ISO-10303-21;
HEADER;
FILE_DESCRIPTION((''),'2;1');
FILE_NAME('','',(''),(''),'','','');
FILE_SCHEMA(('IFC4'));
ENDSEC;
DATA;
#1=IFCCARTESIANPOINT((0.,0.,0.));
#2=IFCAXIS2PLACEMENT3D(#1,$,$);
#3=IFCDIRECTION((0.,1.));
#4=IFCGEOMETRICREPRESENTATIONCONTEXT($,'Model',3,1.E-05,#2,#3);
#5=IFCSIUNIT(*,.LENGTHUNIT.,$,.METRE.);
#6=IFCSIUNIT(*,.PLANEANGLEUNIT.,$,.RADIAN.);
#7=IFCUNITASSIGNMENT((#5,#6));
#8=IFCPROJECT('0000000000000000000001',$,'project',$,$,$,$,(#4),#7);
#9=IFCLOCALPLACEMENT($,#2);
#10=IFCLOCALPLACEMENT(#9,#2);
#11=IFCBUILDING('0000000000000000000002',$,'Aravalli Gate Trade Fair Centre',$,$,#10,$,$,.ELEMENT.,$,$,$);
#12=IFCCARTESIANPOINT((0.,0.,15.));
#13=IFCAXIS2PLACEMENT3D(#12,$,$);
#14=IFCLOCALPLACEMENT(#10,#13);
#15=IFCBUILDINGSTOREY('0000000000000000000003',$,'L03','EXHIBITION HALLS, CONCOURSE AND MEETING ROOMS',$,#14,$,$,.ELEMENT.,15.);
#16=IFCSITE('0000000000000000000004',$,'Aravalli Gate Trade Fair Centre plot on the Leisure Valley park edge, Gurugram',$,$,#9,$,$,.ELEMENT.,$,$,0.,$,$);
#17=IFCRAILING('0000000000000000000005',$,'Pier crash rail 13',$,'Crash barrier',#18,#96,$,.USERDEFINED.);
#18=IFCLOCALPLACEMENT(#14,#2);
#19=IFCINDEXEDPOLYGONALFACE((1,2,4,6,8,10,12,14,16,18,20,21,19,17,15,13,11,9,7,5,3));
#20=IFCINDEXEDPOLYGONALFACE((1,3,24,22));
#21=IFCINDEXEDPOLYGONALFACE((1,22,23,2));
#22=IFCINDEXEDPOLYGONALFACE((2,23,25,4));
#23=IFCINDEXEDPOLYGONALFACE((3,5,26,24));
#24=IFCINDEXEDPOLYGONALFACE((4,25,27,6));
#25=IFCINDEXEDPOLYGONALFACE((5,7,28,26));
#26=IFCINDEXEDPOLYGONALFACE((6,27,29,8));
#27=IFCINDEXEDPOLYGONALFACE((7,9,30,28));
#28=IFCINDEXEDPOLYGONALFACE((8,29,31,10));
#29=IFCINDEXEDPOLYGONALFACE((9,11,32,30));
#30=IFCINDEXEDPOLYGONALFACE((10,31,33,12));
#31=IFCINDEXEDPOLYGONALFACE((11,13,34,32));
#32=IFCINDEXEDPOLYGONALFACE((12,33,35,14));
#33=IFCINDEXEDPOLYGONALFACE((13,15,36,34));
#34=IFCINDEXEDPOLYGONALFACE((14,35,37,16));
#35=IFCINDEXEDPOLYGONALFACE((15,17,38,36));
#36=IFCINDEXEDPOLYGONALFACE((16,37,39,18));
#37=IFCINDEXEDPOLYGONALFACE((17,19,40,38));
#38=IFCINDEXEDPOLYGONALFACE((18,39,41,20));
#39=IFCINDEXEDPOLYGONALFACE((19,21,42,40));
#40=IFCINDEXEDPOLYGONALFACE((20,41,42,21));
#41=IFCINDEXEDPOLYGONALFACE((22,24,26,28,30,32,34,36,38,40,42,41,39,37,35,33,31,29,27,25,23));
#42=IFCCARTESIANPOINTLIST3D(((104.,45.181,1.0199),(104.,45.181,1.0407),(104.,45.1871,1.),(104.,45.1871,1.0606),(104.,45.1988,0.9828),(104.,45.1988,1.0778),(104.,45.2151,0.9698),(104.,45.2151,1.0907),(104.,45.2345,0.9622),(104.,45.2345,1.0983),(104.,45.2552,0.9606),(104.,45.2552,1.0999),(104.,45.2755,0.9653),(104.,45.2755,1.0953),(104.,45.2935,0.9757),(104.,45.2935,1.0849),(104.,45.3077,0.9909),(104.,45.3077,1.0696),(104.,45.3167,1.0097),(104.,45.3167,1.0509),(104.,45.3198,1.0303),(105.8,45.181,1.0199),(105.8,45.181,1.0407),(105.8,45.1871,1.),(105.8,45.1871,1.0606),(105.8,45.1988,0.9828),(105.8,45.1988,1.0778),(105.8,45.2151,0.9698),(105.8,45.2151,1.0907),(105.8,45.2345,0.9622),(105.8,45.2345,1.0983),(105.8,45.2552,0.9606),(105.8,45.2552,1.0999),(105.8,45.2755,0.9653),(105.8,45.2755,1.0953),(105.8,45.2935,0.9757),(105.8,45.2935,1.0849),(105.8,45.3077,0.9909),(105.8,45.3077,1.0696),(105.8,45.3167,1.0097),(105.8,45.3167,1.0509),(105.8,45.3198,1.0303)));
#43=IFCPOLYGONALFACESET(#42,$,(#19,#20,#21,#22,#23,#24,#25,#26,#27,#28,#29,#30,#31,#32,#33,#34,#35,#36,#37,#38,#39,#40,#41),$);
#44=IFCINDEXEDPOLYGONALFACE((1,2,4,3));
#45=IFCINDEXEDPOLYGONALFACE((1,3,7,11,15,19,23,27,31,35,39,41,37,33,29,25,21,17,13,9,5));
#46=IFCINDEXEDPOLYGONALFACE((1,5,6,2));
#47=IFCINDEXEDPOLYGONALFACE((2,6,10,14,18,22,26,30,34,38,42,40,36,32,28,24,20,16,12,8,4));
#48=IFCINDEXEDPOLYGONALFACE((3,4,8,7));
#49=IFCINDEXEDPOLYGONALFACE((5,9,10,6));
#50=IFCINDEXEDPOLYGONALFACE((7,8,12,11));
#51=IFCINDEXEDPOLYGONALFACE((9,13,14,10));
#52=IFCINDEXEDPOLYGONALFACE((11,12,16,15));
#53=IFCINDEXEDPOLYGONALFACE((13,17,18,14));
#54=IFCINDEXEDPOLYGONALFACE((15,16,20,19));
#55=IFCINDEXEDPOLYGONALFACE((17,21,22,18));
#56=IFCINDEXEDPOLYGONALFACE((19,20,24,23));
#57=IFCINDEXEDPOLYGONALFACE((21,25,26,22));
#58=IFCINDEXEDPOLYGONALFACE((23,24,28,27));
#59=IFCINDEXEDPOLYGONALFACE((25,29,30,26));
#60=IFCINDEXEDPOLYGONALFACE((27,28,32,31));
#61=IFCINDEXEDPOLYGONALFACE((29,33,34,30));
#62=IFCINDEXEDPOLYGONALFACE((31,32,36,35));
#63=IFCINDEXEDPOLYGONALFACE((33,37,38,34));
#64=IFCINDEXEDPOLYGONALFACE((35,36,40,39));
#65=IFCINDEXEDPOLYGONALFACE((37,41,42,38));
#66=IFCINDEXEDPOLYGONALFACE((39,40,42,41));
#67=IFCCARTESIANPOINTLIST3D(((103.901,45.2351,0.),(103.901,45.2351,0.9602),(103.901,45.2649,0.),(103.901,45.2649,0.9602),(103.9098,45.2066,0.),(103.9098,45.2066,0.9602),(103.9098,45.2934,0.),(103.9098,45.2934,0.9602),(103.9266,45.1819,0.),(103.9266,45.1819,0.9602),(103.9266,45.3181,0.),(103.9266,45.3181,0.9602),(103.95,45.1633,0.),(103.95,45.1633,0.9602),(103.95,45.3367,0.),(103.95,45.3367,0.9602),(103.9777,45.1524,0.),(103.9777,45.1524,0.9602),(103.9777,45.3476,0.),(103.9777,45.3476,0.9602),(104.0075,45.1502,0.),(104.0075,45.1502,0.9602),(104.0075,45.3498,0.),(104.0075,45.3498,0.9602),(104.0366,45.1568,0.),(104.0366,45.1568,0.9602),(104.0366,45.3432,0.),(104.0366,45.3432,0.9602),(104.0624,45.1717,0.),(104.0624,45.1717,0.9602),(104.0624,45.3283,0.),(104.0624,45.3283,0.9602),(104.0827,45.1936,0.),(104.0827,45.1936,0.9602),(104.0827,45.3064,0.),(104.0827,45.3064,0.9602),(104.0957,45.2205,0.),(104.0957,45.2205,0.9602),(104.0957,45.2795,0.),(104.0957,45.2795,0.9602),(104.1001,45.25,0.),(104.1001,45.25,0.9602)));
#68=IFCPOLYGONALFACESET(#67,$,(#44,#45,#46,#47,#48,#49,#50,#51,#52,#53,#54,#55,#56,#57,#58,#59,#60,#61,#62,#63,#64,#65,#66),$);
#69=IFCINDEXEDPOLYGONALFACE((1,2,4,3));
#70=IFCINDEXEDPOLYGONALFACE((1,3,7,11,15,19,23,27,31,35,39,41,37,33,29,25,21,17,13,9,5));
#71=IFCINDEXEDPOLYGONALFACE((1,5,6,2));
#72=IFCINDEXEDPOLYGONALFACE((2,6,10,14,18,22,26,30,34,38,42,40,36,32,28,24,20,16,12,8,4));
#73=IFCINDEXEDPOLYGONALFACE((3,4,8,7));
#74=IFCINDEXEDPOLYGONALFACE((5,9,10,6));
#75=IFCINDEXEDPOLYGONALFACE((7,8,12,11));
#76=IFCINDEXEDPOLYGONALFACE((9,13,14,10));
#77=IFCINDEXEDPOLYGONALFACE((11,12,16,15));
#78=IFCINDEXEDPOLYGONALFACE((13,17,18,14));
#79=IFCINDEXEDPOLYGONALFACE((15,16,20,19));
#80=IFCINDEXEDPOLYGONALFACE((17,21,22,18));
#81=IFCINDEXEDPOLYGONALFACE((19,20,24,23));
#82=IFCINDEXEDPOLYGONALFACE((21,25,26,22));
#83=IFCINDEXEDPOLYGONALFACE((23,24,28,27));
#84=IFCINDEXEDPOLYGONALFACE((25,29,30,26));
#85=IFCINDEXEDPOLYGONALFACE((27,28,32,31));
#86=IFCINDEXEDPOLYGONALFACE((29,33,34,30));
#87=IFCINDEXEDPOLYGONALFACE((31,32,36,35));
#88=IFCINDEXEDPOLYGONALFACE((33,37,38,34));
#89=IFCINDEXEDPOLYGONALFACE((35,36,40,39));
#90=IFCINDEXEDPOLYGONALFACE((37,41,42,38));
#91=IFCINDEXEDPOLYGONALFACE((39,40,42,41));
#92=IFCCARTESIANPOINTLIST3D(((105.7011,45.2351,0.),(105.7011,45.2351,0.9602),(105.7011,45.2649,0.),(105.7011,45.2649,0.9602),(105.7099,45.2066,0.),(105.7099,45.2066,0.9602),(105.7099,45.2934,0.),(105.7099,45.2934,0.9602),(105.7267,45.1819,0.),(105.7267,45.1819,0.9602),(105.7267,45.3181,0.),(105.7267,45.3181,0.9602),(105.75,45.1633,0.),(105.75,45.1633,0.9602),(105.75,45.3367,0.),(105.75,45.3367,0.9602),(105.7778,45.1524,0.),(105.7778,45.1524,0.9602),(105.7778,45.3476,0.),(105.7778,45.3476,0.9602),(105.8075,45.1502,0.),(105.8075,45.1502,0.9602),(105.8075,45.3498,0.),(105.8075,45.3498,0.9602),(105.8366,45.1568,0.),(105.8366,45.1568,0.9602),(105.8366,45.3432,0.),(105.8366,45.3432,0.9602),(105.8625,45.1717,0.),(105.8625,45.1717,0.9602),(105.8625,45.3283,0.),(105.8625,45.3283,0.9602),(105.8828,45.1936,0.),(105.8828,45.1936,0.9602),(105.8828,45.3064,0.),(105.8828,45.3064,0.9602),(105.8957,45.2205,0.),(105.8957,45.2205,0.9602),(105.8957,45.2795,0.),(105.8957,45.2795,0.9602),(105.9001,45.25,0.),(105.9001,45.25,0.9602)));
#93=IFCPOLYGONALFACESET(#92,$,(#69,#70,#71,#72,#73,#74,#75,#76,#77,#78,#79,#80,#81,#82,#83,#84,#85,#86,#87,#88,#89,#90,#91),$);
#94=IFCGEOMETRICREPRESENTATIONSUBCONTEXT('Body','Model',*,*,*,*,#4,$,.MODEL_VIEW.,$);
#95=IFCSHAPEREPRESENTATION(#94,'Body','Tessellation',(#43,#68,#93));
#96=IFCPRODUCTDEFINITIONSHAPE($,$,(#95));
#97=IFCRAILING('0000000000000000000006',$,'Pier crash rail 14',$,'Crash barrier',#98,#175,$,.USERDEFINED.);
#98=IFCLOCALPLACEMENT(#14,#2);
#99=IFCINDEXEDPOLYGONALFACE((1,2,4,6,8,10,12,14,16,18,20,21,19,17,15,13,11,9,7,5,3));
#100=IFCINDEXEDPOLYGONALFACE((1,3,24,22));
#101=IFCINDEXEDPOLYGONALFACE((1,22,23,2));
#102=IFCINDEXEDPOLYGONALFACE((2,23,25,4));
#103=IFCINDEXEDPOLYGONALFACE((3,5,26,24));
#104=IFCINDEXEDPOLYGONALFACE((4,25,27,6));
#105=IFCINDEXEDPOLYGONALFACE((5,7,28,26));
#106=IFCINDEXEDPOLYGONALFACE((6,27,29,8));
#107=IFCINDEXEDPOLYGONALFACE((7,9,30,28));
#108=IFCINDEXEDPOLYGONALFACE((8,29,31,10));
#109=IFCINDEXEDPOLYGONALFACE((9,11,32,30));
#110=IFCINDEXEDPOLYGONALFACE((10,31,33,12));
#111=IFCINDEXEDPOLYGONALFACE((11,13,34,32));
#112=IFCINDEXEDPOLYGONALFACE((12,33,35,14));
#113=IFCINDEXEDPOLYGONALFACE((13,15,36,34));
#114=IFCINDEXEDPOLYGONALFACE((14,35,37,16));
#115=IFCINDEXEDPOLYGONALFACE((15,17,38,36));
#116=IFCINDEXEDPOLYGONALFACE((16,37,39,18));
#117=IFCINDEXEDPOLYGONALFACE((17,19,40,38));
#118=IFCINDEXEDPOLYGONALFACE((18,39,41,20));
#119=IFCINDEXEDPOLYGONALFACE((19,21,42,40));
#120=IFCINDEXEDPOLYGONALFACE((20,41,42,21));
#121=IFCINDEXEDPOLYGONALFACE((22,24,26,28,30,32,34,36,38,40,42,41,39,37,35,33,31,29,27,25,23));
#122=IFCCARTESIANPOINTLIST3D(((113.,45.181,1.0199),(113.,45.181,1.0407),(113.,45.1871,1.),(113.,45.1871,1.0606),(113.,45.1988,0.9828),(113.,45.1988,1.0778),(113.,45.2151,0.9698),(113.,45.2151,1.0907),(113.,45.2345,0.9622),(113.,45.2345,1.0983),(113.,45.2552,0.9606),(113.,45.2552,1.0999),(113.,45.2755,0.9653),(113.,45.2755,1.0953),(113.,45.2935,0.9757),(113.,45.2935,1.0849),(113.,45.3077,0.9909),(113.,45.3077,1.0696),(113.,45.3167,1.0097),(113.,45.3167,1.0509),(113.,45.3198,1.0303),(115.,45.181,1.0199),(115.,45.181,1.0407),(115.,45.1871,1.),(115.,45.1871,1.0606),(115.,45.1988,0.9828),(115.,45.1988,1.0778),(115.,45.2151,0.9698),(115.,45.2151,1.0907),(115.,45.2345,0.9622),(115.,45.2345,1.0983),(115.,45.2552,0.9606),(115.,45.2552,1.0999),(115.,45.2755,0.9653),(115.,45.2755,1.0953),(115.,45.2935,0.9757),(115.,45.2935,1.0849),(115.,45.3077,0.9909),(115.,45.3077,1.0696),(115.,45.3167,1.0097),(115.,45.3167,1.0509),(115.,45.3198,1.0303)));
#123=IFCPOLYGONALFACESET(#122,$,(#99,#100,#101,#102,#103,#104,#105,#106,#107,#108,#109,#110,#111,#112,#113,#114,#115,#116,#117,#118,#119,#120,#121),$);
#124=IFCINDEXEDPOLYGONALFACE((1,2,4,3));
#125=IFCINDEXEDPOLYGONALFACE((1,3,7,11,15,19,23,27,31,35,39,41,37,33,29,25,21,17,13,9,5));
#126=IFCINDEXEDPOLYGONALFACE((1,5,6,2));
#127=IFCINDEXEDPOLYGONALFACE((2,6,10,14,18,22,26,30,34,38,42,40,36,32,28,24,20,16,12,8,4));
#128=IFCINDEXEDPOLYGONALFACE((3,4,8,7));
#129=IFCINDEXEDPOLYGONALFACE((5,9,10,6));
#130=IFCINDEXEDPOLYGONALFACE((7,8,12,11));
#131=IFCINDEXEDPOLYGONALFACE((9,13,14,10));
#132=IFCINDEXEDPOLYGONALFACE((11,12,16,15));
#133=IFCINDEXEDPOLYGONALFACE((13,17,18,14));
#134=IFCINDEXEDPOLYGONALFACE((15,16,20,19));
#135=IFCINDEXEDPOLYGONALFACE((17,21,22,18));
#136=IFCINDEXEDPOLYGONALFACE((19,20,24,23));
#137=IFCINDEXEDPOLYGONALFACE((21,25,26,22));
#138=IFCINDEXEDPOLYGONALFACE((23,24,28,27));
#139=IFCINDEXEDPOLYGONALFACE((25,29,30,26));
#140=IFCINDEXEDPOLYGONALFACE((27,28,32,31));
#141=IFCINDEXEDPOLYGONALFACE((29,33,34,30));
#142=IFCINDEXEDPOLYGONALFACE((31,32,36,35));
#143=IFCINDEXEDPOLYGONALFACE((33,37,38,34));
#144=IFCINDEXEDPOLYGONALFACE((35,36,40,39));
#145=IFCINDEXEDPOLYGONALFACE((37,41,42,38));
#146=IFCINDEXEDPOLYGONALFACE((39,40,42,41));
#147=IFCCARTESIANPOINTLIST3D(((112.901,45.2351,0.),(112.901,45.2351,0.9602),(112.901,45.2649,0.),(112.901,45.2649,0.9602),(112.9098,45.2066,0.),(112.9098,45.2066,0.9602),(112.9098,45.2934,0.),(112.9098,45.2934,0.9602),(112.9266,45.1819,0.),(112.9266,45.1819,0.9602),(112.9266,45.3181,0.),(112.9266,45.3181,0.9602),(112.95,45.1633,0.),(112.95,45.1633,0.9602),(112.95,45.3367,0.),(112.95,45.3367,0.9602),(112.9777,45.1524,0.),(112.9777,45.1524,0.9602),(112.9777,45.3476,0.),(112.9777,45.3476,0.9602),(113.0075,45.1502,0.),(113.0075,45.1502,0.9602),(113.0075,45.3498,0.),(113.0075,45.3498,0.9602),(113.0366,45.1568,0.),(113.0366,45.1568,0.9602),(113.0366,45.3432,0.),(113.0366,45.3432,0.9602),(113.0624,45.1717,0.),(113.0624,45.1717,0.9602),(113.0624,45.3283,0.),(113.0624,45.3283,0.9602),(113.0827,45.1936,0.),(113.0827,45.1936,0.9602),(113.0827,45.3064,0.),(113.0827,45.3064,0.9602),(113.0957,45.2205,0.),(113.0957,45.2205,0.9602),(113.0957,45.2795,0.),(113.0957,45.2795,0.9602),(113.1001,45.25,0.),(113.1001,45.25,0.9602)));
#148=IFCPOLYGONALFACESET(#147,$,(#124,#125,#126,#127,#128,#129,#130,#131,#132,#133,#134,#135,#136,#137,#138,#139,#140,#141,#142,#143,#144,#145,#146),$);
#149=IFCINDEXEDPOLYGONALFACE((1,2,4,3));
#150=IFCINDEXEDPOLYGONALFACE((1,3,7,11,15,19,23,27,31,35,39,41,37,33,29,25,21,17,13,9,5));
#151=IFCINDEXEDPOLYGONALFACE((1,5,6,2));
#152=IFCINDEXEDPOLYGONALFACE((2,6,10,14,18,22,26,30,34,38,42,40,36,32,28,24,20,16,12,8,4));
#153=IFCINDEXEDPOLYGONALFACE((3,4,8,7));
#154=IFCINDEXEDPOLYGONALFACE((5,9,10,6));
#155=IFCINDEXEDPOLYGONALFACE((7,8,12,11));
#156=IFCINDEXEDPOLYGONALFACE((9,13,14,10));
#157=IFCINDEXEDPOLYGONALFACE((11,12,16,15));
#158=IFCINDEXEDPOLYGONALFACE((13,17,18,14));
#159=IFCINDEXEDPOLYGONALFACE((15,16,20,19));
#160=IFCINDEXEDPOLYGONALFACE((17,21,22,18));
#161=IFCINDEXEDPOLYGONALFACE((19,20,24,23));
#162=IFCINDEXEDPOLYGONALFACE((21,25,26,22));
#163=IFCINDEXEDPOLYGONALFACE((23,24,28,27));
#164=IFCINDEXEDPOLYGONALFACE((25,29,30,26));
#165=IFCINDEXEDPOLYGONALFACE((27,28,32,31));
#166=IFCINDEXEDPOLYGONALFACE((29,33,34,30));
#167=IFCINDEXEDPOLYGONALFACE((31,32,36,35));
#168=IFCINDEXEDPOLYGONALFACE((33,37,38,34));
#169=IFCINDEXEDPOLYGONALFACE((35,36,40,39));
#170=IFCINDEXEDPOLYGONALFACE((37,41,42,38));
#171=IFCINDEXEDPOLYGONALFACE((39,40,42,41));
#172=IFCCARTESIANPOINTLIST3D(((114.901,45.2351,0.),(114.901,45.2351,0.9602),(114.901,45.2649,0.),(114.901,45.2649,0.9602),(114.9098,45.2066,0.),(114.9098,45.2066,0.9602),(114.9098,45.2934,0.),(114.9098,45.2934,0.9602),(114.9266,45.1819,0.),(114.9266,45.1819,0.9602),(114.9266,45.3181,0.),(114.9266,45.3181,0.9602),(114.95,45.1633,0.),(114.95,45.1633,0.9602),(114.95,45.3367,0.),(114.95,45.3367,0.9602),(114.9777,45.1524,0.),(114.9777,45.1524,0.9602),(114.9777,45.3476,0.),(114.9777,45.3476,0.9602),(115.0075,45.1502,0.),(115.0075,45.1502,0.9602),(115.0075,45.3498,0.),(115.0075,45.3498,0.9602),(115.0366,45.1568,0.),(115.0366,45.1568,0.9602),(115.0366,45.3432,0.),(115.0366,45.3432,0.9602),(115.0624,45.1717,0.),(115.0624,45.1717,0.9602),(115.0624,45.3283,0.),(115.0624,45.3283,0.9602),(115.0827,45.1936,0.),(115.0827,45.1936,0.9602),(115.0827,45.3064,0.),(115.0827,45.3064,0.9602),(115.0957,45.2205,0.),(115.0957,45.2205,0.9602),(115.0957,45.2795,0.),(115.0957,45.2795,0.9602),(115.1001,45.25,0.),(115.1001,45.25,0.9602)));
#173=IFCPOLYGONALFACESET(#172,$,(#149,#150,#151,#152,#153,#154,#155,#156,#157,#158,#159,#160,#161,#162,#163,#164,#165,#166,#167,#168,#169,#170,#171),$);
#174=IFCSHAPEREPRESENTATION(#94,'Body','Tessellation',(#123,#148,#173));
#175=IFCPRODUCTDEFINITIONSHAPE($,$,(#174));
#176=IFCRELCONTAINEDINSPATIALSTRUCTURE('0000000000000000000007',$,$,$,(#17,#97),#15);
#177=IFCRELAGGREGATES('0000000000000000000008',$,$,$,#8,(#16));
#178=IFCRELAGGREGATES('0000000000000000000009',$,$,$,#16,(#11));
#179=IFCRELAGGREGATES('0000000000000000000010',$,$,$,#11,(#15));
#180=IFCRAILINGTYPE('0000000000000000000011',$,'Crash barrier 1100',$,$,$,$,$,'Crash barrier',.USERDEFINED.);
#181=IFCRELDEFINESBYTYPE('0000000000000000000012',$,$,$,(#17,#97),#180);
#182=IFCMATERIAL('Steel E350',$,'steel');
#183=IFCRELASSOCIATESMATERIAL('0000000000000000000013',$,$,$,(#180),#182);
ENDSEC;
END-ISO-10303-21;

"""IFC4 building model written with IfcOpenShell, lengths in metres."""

from ifc_helpers import new_model, si_unit, direction, frame, origin, origin_2d, place, context, subcontext, project, spatial, circle, extrude, material, type_object, element, save


model = new_model("IFC4")

# Units and contexts
model_context = context("Model", 3, precision=1e-05, world=origin(), true_north=direction((0.0, 1.0)))
body_context = subcontext(model_context, "Body", "Model", "MODEL_VIEW")
ifc_project = project(units=[si_unit("LENGTHUNIT", "METRE"), si_unit("PLANEANGLEUNIT", "RADIAN")], contexts=[model_context])

# Site, building, storey
site_placement = place(None, origin())
site = spatial("IfcSite", under=ifc_project, at=site_placement, Name="Aravalli Gate Trade Fair Centre plot on the Leisure Valley park edge, Gurugram", CompositionType="ELEMENT", RefElevation=0.0)
building_placement = place(site_placement, origin())
building = spatial("IfcBuilding", under=site, at=building_placement, Name="Aravalli Gate Trade Fair Centre", CompositionType="ELEMENT")
storey_placement = place(building_placement, frame((0.0, 0.0, 15.0)))
storey = spatial("IfcBuildingStorey", under=building, at=storey_placement, Name="L03", Description="EXHIBITION HALLS, CONCOURSE AND MEETING ROOMS", CompositionType="ELEMENT", Elevation=15.0)

# Railings
ifc_material_1 = material(Name="Steel E350", Category="steel")
railing_type_1 = type_object("IfcRailingType", Name="Crash barrier 1100", ElementType="Crash barrier", PredefinedType="USERDEFINED", material=ifc_material_1)
railing_1_placement = place(storey_placement, frame((104.0, 45.25, 0.0)))
element("IfcRailing", 1, at=railing_1_placement, inside=storey, type_object=railing_type_1, Name="Pier crash rail 13", ObjectType="Crash barrier", PredefinedType="USERDEFINED", context=body_context, shape_type="SweptSolid", body=[
    extrude(circle(Radius=0.0698, at=origin_2d()), frame((0.0, 0.0, 1.0303), z_axis=(1.0, 0.0, 0.0), x_axis=(0.0, 1.0, 0.0)), (0.0, 0.0, 1.0), 1.8),
    extrude(circle(Radius=0.1001, at=origin_2d()), origin(), (0.0, 0.0, 1.0), 0.9602),
    extrude(circle(Radius=0.1001, at=origin_2d()), frame((1.8, 0.0, 0.0)), (0.0, 0.0, 1.0), 0.9602),
])
railing_2_placement = place(storey_placement, frame((113.0, 45.25, 0.0)))
element("IfcRailing", 2, at=railing_2_placement, inside=storey, type_object=railing_type_1, Name="Pier crash rail 14", ObjectType="Crash barrier", PredefinedType="USERDEFINED", context=body_context, shape_type="SweptSolid", body=[
    extrude(circle(Radius=0.0698, at=origin_2d()), frame((0.0, 0.0, 1.0303), z_axis=(1.0, 0.0, 0.0), x_axis=(0.0, 1.0, 0.0)), (0.0, 0.0, 1.0), 2.0),
    extrude(circle(Radius=0.1001, at=origin_2d()), origin(), (0.0, 0.0, 1.0), 0.9602),
    extrude(circle(Radius=0.1001, at=origin_2d()), frame((2.0, 0.0, 0.0)), (0.0, 0.0, 1.0), 0.9602),
])

save(model, "model.ifc")
